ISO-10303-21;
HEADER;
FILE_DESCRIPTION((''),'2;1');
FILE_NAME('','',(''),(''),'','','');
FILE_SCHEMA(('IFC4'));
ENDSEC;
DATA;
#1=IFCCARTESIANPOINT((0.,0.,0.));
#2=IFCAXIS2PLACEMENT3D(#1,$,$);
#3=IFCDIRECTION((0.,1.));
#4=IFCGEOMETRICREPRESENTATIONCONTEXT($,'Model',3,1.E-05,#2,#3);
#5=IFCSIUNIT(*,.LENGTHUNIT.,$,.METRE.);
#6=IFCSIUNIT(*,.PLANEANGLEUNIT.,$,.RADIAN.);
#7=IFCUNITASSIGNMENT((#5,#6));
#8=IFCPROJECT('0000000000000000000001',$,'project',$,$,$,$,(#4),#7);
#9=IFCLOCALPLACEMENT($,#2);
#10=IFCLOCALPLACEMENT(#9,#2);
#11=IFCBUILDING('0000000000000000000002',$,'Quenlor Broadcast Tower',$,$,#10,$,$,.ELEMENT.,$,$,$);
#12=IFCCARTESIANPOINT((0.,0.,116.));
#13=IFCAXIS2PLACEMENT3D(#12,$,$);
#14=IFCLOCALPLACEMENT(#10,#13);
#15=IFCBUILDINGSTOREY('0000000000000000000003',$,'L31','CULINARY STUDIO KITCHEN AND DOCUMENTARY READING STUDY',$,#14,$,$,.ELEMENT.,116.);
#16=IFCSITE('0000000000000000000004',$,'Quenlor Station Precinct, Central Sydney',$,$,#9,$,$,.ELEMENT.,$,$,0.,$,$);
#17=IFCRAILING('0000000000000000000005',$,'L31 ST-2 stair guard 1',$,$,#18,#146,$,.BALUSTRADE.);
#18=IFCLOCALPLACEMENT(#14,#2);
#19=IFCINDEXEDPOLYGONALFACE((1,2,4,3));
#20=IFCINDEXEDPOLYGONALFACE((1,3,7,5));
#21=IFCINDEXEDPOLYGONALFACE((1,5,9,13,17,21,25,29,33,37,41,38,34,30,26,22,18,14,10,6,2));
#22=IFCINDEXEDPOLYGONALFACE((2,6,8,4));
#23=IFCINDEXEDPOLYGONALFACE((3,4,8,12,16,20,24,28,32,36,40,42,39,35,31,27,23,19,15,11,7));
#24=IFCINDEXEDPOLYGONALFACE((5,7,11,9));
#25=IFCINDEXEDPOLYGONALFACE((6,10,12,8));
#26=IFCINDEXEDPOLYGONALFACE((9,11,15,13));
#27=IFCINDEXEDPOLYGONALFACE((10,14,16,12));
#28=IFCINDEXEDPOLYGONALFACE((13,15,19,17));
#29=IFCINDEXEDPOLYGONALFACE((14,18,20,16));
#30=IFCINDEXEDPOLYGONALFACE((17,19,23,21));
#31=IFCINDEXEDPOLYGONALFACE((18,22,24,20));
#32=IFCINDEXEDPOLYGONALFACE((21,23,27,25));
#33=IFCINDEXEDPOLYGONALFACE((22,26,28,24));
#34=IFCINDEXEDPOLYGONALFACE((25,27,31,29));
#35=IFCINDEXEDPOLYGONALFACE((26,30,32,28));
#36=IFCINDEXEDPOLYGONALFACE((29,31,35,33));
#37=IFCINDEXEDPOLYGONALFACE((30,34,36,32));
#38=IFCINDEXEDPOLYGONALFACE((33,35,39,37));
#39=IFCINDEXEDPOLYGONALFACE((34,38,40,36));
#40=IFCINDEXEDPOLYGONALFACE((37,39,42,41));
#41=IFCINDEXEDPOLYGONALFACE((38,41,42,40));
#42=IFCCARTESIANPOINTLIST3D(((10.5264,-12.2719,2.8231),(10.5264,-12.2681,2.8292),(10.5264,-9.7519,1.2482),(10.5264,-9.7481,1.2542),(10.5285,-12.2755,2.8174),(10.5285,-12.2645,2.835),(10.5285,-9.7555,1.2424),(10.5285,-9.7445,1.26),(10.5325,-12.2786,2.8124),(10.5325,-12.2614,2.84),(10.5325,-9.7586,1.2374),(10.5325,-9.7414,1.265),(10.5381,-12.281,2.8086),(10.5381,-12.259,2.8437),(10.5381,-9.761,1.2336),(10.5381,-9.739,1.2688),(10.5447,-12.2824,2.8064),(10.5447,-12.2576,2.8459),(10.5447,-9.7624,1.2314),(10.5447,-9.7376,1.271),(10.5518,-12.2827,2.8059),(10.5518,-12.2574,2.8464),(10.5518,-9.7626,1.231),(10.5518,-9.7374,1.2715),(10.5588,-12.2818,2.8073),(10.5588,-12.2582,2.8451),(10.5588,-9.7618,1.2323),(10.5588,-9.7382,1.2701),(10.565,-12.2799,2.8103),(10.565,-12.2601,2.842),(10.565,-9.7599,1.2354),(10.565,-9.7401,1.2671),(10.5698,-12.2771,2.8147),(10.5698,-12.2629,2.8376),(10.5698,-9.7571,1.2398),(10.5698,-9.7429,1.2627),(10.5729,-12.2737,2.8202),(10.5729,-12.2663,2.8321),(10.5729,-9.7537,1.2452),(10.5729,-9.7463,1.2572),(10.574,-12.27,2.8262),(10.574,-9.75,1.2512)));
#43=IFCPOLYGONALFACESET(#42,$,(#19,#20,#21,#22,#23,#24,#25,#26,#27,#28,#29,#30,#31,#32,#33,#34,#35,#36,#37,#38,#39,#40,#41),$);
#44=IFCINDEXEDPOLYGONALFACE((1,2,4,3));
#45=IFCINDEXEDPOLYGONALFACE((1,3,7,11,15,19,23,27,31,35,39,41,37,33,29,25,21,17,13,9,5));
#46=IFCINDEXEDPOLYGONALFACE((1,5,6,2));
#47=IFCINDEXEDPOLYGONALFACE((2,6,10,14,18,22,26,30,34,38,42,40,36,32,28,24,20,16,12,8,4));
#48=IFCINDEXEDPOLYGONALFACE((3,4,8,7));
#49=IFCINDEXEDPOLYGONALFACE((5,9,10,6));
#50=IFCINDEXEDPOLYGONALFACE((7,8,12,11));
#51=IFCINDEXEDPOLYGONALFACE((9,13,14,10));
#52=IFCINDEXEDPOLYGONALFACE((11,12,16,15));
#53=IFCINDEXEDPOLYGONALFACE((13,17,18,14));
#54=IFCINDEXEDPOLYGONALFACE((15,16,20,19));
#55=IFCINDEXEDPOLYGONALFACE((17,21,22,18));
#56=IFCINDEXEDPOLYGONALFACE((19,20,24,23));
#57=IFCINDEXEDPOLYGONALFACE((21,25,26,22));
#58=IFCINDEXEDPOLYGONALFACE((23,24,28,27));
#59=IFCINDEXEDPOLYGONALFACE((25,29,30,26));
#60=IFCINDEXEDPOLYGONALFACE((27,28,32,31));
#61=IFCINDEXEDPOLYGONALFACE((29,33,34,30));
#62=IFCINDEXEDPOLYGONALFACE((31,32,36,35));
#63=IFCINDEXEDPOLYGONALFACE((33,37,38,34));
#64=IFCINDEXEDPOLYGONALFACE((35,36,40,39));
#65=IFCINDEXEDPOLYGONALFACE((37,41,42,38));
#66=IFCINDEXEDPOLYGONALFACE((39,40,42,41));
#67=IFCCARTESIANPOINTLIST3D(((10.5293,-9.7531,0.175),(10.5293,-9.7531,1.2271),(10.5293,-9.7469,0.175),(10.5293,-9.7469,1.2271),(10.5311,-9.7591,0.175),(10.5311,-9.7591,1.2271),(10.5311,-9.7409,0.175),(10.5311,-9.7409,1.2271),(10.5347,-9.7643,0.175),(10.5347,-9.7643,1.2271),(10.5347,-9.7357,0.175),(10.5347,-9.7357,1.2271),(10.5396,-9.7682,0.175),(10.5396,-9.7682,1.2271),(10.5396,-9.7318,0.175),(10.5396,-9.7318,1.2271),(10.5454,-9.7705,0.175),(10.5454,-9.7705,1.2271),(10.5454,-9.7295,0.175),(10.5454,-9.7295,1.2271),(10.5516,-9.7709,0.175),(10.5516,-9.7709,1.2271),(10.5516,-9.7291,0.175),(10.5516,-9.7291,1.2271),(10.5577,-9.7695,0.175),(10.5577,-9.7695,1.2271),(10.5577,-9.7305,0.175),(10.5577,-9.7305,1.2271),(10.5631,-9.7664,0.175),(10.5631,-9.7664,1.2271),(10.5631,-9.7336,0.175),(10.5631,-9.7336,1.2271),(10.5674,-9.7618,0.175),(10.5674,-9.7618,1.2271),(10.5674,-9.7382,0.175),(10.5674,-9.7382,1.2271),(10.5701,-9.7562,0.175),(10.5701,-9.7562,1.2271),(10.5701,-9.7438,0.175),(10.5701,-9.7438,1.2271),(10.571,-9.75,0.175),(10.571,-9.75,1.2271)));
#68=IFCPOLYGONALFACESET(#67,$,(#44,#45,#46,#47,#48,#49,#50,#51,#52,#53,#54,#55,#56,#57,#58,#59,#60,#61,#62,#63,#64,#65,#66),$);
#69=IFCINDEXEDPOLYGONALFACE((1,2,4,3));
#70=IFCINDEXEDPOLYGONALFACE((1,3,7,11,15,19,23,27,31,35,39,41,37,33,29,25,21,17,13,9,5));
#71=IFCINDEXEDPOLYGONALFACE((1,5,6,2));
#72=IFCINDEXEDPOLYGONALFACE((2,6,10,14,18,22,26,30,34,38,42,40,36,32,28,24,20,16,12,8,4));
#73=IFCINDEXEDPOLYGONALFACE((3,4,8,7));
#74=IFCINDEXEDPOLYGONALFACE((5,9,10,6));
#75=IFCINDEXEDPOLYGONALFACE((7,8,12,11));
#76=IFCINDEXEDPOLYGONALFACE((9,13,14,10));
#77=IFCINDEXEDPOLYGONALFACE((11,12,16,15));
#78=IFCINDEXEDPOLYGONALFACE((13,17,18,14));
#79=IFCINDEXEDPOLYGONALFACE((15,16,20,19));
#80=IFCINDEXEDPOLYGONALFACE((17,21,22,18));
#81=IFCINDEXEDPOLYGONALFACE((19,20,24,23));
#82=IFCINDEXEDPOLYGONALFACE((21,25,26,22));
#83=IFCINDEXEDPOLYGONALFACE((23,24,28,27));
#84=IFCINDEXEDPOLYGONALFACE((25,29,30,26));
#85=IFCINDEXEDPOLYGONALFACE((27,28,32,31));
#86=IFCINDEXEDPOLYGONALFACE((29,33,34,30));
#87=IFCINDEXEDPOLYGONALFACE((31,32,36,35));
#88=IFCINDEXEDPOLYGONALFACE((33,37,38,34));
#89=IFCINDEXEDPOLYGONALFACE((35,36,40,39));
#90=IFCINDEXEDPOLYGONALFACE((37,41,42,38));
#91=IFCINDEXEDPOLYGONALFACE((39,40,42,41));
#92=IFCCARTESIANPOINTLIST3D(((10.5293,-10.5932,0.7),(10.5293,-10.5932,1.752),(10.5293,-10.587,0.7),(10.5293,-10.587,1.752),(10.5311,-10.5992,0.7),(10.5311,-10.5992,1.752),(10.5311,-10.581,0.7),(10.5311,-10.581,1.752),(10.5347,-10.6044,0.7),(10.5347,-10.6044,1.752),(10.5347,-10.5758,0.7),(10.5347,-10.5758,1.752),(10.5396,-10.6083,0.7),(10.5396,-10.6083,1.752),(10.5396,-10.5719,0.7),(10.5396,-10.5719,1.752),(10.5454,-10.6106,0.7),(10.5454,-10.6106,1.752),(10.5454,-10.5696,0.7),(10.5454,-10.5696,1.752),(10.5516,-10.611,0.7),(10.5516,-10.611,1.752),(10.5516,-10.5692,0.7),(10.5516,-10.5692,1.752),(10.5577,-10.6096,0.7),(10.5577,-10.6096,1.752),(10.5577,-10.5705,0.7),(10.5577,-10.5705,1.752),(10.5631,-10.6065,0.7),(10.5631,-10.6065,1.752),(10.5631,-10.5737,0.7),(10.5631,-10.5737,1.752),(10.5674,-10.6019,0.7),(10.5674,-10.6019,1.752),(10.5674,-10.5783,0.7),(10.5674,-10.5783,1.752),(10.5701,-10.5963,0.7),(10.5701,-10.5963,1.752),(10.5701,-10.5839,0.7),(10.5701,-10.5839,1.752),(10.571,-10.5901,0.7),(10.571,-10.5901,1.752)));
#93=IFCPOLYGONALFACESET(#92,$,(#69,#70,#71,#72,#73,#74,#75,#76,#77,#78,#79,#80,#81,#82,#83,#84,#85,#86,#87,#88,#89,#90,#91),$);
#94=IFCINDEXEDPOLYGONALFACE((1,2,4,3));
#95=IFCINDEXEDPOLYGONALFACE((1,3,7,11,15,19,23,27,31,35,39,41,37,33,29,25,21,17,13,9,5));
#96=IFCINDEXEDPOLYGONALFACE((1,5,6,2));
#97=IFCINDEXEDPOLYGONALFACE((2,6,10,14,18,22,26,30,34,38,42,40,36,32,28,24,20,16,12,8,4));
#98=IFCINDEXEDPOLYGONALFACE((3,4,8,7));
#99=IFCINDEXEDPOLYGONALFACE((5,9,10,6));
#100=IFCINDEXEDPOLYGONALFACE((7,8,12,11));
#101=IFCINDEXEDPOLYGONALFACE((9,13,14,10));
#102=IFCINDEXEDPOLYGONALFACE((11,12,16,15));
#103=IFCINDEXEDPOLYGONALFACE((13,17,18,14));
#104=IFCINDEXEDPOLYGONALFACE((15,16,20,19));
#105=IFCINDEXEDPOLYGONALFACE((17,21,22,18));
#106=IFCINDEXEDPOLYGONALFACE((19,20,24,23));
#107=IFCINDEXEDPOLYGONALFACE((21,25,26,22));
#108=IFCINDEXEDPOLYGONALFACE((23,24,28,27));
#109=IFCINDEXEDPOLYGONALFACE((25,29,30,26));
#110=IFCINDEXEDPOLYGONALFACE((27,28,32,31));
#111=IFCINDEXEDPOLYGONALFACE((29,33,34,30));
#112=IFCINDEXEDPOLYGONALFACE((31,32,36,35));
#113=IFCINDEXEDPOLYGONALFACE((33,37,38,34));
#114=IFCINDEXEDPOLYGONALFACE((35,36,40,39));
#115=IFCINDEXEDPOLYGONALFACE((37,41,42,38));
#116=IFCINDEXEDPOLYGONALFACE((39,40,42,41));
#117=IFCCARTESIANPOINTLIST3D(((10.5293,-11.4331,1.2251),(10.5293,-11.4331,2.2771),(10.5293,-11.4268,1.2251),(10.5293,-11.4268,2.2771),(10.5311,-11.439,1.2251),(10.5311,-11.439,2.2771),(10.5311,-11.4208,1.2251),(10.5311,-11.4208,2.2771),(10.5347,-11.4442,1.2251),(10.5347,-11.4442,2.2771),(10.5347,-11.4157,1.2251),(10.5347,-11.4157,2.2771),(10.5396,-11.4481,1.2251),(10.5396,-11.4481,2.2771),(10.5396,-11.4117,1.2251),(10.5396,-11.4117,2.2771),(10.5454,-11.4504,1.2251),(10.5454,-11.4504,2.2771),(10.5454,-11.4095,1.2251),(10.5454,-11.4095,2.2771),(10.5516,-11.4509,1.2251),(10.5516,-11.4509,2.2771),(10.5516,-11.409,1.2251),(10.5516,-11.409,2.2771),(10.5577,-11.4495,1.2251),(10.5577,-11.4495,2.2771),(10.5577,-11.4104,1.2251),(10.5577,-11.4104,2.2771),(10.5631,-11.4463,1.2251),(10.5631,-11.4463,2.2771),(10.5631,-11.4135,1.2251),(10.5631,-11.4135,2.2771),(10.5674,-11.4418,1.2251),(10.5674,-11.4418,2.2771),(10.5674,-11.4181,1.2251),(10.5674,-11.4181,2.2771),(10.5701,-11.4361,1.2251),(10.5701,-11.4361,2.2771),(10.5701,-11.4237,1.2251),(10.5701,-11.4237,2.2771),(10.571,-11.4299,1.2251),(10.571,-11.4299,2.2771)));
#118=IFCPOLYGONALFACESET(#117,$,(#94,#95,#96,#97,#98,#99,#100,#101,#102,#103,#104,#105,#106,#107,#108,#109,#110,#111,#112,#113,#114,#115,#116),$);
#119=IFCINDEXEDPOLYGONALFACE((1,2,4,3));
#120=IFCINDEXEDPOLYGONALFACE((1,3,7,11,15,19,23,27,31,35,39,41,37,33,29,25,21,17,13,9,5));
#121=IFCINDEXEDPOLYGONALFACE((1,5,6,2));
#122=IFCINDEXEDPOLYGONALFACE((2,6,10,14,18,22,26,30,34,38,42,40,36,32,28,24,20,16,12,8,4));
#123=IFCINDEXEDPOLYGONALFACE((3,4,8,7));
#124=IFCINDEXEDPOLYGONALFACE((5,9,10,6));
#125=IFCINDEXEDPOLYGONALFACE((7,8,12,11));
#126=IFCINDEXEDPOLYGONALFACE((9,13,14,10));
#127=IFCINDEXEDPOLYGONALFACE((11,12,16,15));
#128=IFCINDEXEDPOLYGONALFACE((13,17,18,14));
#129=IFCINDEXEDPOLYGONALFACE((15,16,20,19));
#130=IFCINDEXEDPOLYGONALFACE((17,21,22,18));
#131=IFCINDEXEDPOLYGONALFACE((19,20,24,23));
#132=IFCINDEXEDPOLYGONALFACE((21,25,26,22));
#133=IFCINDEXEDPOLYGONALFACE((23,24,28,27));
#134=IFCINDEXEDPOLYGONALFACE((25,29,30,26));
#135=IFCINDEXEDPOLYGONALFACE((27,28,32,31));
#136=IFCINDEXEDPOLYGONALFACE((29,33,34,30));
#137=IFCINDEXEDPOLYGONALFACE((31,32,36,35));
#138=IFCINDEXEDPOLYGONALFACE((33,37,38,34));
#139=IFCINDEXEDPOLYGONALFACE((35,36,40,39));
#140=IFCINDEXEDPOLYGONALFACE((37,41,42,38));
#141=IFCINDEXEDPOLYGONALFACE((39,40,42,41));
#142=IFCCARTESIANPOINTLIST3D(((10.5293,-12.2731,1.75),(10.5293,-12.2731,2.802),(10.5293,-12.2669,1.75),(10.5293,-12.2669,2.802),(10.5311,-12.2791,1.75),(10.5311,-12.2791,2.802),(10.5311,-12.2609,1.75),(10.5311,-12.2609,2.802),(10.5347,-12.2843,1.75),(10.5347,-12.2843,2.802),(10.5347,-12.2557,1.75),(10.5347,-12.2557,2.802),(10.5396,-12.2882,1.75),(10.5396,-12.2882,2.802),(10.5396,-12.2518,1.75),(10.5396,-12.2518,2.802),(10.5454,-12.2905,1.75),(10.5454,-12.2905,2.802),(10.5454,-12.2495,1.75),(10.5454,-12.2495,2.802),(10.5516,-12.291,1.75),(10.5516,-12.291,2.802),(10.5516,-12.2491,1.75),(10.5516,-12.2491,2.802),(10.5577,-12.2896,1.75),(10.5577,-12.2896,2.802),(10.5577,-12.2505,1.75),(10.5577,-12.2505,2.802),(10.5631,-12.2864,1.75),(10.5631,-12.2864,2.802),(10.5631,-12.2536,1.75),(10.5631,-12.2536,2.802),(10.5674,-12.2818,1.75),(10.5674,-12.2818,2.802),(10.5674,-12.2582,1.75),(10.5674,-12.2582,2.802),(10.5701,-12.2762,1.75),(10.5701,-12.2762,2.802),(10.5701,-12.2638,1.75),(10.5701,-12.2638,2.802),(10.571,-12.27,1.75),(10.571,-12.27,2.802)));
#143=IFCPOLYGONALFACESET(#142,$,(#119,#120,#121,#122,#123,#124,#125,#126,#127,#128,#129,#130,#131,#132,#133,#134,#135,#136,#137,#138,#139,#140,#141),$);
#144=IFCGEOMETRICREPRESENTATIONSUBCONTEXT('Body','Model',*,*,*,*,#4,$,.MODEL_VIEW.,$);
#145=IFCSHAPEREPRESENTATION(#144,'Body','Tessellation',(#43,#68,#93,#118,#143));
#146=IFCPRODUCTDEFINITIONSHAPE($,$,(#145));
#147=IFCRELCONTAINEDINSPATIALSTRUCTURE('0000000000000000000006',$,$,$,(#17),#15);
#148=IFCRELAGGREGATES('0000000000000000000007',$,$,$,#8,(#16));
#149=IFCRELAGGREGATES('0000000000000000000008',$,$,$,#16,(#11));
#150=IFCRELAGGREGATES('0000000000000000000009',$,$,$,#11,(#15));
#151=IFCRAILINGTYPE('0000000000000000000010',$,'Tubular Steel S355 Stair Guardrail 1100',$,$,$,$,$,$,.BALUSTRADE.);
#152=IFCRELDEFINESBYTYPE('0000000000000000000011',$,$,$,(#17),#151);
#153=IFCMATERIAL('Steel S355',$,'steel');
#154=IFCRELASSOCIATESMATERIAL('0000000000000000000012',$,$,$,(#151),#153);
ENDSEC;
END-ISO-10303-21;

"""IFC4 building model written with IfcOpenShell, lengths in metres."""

from ifc_helpers import new_model, si_unit, direction, frame, origin, origin_2d, place, context, subcontext, project, spatial, circle, extrude, material, type_object, element, save


model = new_model("IFC4")

# Units and contexts
model_context = context("Model", 3, precision=1e-05, world=origin(), true_north=direction((0.0, 1.0)))
body_context = subcontext(model_context, "Body", "Model", "MODEL_VIEW")
ifc_project = project(units=[si_unit("LENGTHUNIT", "METRE"), si_unit("PLANEANGLEUNIT", "RADIAN")], contexts=[model_context])

# Site, building, storey
site_placement = place(None, origin())
site = spatial("IfcSite", under=ifc_project, at=site_placement, Name="Quenlor Station Precinct, Central Sydney", CompositionType="ELEMENT", RefElevation=0.0)
building_placement = place(site_placement, origin())
building = spatial("IfcBuilding", under=site, at=building_placement, Name="Quenlor Broadcast Tower", CompositionType="ELEMENT")
storey_placement = place(building_placement, frame((0.0, 0.0, 116.0)))
storey = spatial("IfcBuildingStorey", under=building, at=storey_placement, Name="L31", Description="CULINARY STUDIO KITCHEN AND DOCUMENTARY READING STUDY", CompositionType="ELEMENT", Elevation=116.0)

# Railing
ifc_material_1 = material(Name="Steel S355", Category="steel")
railing_type_1 = type_object("IfcRailingType", Name="Tubular Steel S355 Stair Guardrail 1100", PredefinedType="BALUSTRADE", material=ifc_material_1)
railing_1_placement = place(storey_placement, frame((10.55, -9.75, 0.175)))
element("IfcRailing", 1, at=railing_1_placement, inside=storey, type_object=railing_type_1, Name="L31 ST-2 stair guard 1", PredefinedType="BALUSTRADE", context=body_context, shape_type="SweptSolid", body=[
    extrude(circle(Radius=0.0239, at=origin_2d()), frame((0.0, 0.0, 1.0762), z_axis=(0.0, -0.848008, 0.529984), x_axis=(1.0, 0.0, 0.0)), (0.0, 0.0, 1.0), 2.9717),
    extrude(circle(Radius=0.021, at=origin_2d()), origin(), (0.0, 0.0, 1.0), 1.052),
    extrude(circle(Radius=0.021, at=origin_2d()), frame((0.0, -0.8401, 0.5249)), (0.0, 0.0, 1.0), 1.052),
    extrude(circle(Radius=0.021, at=origin_2d()), frame((0.0, -1.6799, 1.05)), (0.0, 0.0, 1.0), 1.052),
    extrude(circle(Radius=0.021, at=origin_2d()), frame((0.0, -2.52, 1.575)), (0.0, 0.0, 1.0), 1.052),
])

save(model, "model.ifc")
